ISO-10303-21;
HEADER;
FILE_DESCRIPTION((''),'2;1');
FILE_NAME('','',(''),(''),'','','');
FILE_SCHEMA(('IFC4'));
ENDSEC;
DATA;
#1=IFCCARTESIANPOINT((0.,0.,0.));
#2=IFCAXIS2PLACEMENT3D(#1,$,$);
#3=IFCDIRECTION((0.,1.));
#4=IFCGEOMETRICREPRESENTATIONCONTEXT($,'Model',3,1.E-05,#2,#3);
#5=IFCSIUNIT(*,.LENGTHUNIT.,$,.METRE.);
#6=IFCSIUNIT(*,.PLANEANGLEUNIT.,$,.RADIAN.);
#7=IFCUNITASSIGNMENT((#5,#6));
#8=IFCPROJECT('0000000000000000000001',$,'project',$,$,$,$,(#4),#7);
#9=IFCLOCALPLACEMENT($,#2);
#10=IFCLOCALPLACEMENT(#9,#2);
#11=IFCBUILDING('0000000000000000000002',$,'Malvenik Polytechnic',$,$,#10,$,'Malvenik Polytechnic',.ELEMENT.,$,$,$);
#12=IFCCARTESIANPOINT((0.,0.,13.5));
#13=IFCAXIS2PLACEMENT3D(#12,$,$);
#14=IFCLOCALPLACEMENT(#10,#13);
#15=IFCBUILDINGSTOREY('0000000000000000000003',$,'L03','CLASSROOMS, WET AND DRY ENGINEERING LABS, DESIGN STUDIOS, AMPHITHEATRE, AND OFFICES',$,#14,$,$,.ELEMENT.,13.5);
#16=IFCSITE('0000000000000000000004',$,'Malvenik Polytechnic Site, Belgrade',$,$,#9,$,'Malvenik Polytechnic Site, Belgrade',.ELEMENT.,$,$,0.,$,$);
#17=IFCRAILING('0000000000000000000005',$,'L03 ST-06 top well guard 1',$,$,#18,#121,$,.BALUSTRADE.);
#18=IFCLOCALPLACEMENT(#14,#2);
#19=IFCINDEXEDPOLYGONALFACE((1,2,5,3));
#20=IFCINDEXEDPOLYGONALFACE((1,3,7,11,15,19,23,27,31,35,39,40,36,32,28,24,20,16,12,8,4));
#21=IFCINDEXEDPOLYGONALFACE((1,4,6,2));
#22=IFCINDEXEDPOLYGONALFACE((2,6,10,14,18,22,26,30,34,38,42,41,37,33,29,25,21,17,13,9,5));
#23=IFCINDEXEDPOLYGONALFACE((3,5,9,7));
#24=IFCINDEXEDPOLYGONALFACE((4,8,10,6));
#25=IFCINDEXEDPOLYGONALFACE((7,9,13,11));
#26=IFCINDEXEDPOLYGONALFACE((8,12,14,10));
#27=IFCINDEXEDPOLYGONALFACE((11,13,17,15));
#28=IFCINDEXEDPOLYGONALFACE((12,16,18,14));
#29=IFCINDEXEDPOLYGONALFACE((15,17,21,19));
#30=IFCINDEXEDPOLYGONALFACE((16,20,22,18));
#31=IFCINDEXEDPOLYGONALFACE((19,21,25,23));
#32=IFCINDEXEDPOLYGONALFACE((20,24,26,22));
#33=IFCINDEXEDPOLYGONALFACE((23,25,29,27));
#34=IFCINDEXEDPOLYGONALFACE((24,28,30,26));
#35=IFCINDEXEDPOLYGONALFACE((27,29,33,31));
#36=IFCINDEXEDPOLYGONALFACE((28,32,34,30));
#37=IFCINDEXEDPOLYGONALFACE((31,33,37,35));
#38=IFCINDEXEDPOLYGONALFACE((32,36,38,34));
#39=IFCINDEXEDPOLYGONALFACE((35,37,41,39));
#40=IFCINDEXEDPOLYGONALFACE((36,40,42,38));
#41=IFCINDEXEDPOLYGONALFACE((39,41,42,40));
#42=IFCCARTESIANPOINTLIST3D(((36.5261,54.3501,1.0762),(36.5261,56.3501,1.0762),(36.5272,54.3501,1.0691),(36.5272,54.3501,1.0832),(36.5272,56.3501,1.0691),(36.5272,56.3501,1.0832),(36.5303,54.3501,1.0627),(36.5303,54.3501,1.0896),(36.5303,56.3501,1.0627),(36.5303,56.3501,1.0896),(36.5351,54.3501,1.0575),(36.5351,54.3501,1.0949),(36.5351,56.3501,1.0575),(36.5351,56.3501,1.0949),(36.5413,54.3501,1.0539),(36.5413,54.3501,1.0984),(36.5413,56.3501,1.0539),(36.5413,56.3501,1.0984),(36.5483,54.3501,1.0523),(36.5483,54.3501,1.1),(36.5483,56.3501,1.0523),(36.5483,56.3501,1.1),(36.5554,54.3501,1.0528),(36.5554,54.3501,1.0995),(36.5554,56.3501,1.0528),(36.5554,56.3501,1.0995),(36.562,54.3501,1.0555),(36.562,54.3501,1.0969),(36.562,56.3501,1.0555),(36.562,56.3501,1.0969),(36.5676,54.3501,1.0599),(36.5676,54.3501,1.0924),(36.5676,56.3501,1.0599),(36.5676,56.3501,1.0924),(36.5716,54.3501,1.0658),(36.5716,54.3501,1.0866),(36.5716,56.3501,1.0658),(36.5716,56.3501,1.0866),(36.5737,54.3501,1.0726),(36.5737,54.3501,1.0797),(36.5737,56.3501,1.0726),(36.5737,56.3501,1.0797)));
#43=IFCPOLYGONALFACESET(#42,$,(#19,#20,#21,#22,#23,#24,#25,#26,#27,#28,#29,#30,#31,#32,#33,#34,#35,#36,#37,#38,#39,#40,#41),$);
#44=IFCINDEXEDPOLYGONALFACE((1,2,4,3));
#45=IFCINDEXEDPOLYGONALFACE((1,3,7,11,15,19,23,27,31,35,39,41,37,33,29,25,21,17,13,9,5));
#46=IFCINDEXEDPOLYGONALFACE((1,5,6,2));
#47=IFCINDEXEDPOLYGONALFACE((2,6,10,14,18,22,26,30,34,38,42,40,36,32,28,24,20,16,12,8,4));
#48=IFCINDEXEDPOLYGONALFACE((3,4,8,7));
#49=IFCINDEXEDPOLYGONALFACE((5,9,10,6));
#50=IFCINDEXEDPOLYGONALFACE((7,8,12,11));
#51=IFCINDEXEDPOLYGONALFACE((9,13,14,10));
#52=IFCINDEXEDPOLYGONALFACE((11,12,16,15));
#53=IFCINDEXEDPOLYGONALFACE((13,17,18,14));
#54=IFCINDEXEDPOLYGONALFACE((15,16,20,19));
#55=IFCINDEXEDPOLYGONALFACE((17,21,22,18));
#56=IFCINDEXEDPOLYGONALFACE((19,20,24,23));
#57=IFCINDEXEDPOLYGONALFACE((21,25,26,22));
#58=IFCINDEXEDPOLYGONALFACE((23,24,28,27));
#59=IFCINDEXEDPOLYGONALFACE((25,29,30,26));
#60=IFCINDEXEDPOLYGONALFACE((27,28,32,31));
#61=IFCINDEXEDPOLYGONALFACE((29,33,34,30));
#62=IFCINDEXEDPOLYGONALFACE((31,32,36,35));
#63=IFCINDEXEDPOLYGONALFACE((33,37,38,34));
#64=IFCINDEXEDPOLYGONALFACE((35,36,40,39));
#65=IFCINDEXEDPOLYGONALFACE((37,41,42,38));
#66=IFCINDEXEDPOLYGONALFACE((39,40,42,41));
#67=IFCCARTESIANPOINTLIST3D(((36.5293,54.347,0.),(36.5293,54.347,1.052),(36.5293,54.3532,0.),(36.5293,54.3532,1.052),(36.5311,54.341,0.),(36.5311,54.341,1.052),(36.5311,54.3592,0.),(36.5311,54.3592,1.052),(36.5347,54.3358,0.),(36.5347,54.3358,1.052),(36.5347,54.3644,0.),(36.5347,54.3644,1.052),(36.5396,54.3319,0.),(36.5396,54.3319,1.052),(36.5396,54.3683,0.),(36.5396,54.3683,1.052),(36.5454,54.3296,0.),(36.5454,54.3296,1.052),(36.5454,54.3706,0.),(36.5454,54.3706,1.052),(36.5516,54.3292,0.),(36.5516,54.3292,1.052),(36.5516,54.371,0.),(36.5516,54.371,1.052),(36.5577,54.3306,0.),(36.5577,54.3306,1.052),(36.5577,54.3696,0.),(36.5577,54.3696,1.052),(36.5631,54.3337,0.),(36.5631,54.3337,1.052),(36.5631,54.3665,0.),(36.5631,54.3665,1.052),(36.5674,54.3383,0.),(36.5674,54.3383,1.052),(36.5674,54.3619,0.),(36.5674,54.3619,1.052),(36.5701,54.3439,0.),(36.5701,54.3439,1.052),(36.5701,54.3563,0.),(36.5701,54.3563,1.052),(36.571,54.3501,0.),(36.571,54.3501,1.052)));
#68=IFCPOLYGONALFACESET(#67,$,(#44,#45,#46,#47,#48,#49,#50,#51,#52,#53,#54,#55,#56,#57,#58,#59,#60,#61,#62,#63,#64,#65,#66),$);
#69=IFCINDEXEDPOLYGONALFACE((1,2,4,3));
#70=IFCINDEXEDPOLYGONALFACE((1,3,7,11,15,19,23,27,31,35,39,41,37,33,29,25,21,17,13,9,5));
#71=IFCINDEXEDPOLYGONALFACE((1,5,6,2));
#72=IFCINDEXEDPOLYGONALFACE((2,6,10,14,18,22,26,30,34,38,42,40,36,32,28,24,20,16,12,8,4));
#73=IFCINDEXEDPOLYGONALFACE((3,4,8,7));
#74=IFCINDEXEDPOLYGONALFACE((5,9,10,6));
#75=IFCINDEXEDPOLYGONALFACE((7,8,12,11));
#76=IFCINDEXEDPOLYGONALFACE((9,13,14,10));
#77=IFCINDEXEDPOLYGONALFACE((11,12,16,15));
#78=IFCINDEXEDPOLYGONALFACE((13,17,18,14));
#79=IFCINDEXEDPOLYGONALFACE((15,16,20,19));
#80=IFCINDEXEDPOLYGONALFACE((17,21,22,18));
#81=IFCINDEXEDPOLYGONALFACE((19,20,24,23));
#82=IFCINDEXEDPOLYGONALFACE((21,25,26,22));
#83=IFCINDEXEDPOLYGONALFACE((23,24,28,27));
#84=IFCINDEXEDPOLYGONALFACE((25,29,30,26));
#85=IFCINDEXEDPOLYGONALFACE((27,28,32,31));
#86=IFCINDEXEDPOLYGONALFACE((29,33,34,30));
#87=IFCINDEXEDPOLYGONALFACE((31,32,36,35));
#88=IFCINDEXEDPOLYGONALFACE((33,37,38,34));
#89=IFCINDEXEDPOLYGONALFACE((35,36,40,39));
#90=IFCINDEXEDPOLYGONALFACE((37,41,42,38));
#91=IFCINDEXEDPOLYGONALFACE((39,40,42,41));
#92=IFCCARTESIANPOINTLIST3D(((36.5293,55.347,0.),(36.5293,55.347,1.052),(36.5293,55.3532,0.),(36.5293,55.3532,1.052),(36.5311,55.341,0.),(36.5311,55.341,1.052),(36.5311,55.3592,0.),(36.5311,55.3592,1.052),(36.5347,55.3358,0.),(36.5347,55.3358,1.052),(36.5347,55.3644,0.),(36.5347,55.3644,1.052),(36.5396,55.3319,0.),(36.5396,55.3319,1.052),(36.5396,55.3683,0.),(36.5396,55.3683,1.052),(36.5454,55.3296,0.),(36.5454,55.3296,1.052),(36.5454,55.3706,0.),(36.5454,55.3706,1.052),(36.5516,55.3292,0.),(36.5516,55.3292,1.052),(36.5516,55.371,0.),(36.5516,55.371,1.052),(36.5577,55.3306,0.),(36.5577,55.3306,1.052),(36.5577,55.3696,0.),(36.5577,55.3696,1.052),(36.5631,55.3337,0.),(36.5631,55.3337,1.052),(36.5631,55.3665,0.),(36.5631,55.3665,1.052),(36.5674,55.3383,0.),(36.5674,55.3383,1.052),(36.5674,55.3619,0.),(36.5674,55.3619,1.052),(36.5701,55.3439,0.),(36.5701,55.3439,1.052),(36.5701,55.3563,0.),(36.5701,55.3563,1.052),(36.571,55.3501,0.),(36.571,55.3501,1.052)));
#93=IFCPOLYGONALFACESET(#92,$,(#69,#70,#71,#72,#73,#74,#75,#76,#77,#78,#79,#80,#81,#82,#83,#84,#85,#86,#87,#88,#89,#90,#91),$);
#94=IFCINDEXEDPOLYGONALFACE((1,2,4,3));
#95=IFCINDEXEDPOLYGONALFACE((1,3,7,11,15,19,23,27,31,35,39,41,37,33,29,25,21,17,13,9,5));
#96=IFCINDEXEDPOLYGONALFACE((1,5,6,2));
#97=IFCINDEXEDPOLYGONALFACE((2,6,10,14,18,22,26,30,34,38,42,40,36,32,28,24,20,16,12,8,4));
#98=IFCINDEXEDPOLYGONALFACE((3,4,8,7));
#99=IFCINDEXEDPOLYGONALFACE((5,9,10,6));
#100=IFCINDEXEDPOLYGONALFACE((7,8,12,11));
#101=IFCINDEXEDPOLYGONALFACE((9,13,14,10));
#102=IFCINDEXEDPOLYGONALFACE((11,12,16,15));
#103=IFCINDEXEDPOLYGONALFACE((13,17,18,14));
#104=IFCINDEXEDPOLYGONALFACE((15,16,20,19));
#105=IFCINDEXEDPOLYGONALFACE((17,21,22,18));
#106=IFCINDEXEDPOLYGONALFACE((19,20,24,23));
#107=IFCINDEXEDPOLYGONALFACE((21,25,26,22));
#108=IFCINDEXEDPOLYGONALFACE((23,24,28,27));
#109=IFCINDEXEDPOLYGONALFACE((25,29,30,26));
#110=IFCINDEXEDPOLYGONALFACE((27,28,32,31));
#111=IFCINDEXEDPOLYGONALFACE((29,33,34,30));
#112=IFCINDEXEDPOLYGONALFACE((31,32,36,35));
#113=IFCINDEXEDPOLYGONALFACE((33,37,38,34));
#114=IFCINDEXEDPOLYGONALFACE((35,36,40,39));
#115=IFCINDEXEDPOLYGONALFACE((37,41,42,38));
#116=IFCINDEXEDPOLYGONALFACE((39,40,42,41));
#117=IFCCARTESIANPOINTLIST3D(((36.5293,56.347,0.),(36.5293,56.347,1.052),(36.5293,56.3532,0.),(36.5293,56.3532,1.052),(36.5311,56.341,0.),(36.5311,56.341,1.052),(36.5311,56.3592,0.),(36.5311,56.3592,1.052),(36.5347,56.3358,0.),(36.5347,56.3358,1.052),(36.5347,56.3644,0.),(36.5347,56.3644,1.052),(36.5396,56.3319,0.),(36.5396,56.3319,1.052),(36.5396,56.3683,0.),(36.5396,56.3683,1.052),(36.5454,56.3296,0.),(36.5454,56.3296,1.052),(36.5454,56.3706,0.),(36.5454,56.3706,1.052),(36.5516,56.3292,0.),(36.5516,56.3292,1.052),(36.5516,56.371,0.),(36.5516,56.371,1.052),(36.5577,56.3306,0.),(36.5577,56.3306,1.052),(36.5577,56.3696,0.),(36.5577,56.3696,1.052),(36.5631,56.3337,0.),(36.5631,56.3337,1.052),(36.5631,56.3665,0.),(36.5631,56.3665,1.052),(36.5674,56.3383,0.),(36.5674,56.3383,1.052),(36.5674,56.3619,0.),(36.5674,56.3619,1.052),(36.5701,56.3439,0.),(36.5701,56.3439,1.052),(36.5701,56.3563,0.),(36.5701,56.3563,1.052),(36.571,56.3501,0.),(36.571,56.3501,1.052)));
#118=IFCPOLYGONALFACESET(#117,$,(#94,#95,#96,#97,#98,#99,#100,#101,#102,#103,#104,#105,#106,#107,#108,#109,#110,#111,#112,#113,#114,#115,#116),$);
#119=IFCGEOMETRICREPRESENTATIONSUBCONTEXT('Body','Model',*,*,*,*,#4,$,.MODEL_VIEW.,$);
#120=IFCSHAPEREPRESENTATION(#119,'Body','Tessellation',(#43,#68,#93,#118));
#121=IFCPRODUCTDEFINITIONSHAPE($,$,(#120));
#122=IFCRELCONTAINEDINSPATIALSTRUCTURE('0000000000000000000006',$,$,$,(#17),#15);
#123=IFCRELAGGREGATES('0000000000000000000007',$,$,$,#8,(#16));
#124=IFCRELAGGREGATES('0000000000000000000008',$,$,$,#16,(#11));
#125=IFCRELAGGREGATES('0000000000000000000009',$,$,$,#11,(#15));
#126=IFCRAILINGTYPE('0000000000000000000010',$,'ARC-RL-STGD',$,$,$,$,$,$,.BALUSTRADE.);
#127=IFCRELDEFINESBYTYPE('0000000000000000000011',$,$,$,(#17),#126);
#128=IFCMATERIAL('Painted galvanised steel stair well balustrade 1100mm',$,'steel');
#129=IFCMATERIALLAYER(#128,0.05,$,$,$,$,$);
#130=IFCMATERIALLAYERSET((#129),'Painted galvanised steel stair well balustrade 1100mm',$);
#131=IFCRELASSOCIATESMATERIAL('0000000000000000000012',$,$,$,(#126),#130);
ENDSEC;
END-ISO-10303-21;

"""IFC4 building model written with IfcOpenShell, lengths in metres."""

from ifc_helpers import new_model, si_unit, direction, frame, origin, origin_2d, place, context, subcontext, project, spatial, circle, extrude, material, layer, layer_set, type_object, element, save


model = new_model("IFC4")

# Units and contexts
model_context = context("Model", 3, precision=1e-05, world=origin(), true_north=direction((0.0, 1.0)))
body_context = subcontext(model_context, "Body", "Model", "MODEL_VIEW")
ifc_project = project(units=[si_unit("LENGTHUNIT", "METRE"), si_unit("PLANEANGLEUNIT", "RADIAN")], contexts=[model_context])

# Site, building, storey
site_placement = place(None, origin())
site = spatial("IfcSite", under=ifc_project, at=site_placement, Name="Malvenik Polytechnic Site, Belgrade", LongName="Malvenik Polytechnic Site, Belgrade", CompositionType="ELEMENT", RefElevation=0.0)
building_placement = place(site_placement, origin())
building = spatial("IfcBuilding", under=site, at=building_placement, Name="Malvenik Polytechnic", LongName="Malvenik Polytechnic", CompositionType="ELEMENT")
storey_placement = place(building_placement, frame((0.0, 0.0, 13.5)))
storey = spatial("IfcBuildingStorey", under=building, at=storey_placement, Name="L03", Description="CLASSROOMS, WET AND DRY ENGINEERING LABS, DESIGN STUDIOS, AMPHITHEATRE, AND OFFICES", CompositionType="ELEMENT", Elevation=13.5)

# Railing
ifc_material_1 = material(Name="Painted galvanised steel stair well balustrade 1100mm", Category="steel")
ifc_layer_1 = layer(ifc_material_1, 0.05)
ifc_layer_set_1 = layer_set([ifc_layer_1], Name="Painted galvanised steel stair well balustrade 1100mm")
railing_type = type_object("IfcRailingType", Name="ARC-RL-STGD", PredefinedType="BALUSTRADE", material=ifc_layer_set_1)
railing_placement = place(storey_placement, frame((36.55, 54.3501, 0.0)))
element("IfcRailing", 1, at=railing_placement, inside=storey, type_object=railing_type, Name="L03 ST-06 top well guard 1", PredefinedType="BALUSTRADE", context=body_context, shape_type="SweptSolid", body=[
    extrude(circle(Radius=0.0239, at=origin_2d()), frame((0.0, 0.0, 1.0762), z_axis=(0.0, 1.0, 0.0), x_axis=(-1.0, 0.0, 0.0)), (0.0, 0.0, 1.0), 2.0),
    extrude(circle(Radius=0.021, at=origin_2d()), origin(), (0.0, 0.0, 1.0), 1.052),
    extrude(circle(Radius=0.021, at=origin_2d()), frame((0.0, 1.0, 0.0)), (0.0, 0.0, 1.0), 1.052),
    extrude(circle(Radius=0.021, at=origin_2d()), frame((0.0, 2.0, 0.0)), (0.0, 0.0, 1.0), 1.052),
])

save(model, "model.ifc")
